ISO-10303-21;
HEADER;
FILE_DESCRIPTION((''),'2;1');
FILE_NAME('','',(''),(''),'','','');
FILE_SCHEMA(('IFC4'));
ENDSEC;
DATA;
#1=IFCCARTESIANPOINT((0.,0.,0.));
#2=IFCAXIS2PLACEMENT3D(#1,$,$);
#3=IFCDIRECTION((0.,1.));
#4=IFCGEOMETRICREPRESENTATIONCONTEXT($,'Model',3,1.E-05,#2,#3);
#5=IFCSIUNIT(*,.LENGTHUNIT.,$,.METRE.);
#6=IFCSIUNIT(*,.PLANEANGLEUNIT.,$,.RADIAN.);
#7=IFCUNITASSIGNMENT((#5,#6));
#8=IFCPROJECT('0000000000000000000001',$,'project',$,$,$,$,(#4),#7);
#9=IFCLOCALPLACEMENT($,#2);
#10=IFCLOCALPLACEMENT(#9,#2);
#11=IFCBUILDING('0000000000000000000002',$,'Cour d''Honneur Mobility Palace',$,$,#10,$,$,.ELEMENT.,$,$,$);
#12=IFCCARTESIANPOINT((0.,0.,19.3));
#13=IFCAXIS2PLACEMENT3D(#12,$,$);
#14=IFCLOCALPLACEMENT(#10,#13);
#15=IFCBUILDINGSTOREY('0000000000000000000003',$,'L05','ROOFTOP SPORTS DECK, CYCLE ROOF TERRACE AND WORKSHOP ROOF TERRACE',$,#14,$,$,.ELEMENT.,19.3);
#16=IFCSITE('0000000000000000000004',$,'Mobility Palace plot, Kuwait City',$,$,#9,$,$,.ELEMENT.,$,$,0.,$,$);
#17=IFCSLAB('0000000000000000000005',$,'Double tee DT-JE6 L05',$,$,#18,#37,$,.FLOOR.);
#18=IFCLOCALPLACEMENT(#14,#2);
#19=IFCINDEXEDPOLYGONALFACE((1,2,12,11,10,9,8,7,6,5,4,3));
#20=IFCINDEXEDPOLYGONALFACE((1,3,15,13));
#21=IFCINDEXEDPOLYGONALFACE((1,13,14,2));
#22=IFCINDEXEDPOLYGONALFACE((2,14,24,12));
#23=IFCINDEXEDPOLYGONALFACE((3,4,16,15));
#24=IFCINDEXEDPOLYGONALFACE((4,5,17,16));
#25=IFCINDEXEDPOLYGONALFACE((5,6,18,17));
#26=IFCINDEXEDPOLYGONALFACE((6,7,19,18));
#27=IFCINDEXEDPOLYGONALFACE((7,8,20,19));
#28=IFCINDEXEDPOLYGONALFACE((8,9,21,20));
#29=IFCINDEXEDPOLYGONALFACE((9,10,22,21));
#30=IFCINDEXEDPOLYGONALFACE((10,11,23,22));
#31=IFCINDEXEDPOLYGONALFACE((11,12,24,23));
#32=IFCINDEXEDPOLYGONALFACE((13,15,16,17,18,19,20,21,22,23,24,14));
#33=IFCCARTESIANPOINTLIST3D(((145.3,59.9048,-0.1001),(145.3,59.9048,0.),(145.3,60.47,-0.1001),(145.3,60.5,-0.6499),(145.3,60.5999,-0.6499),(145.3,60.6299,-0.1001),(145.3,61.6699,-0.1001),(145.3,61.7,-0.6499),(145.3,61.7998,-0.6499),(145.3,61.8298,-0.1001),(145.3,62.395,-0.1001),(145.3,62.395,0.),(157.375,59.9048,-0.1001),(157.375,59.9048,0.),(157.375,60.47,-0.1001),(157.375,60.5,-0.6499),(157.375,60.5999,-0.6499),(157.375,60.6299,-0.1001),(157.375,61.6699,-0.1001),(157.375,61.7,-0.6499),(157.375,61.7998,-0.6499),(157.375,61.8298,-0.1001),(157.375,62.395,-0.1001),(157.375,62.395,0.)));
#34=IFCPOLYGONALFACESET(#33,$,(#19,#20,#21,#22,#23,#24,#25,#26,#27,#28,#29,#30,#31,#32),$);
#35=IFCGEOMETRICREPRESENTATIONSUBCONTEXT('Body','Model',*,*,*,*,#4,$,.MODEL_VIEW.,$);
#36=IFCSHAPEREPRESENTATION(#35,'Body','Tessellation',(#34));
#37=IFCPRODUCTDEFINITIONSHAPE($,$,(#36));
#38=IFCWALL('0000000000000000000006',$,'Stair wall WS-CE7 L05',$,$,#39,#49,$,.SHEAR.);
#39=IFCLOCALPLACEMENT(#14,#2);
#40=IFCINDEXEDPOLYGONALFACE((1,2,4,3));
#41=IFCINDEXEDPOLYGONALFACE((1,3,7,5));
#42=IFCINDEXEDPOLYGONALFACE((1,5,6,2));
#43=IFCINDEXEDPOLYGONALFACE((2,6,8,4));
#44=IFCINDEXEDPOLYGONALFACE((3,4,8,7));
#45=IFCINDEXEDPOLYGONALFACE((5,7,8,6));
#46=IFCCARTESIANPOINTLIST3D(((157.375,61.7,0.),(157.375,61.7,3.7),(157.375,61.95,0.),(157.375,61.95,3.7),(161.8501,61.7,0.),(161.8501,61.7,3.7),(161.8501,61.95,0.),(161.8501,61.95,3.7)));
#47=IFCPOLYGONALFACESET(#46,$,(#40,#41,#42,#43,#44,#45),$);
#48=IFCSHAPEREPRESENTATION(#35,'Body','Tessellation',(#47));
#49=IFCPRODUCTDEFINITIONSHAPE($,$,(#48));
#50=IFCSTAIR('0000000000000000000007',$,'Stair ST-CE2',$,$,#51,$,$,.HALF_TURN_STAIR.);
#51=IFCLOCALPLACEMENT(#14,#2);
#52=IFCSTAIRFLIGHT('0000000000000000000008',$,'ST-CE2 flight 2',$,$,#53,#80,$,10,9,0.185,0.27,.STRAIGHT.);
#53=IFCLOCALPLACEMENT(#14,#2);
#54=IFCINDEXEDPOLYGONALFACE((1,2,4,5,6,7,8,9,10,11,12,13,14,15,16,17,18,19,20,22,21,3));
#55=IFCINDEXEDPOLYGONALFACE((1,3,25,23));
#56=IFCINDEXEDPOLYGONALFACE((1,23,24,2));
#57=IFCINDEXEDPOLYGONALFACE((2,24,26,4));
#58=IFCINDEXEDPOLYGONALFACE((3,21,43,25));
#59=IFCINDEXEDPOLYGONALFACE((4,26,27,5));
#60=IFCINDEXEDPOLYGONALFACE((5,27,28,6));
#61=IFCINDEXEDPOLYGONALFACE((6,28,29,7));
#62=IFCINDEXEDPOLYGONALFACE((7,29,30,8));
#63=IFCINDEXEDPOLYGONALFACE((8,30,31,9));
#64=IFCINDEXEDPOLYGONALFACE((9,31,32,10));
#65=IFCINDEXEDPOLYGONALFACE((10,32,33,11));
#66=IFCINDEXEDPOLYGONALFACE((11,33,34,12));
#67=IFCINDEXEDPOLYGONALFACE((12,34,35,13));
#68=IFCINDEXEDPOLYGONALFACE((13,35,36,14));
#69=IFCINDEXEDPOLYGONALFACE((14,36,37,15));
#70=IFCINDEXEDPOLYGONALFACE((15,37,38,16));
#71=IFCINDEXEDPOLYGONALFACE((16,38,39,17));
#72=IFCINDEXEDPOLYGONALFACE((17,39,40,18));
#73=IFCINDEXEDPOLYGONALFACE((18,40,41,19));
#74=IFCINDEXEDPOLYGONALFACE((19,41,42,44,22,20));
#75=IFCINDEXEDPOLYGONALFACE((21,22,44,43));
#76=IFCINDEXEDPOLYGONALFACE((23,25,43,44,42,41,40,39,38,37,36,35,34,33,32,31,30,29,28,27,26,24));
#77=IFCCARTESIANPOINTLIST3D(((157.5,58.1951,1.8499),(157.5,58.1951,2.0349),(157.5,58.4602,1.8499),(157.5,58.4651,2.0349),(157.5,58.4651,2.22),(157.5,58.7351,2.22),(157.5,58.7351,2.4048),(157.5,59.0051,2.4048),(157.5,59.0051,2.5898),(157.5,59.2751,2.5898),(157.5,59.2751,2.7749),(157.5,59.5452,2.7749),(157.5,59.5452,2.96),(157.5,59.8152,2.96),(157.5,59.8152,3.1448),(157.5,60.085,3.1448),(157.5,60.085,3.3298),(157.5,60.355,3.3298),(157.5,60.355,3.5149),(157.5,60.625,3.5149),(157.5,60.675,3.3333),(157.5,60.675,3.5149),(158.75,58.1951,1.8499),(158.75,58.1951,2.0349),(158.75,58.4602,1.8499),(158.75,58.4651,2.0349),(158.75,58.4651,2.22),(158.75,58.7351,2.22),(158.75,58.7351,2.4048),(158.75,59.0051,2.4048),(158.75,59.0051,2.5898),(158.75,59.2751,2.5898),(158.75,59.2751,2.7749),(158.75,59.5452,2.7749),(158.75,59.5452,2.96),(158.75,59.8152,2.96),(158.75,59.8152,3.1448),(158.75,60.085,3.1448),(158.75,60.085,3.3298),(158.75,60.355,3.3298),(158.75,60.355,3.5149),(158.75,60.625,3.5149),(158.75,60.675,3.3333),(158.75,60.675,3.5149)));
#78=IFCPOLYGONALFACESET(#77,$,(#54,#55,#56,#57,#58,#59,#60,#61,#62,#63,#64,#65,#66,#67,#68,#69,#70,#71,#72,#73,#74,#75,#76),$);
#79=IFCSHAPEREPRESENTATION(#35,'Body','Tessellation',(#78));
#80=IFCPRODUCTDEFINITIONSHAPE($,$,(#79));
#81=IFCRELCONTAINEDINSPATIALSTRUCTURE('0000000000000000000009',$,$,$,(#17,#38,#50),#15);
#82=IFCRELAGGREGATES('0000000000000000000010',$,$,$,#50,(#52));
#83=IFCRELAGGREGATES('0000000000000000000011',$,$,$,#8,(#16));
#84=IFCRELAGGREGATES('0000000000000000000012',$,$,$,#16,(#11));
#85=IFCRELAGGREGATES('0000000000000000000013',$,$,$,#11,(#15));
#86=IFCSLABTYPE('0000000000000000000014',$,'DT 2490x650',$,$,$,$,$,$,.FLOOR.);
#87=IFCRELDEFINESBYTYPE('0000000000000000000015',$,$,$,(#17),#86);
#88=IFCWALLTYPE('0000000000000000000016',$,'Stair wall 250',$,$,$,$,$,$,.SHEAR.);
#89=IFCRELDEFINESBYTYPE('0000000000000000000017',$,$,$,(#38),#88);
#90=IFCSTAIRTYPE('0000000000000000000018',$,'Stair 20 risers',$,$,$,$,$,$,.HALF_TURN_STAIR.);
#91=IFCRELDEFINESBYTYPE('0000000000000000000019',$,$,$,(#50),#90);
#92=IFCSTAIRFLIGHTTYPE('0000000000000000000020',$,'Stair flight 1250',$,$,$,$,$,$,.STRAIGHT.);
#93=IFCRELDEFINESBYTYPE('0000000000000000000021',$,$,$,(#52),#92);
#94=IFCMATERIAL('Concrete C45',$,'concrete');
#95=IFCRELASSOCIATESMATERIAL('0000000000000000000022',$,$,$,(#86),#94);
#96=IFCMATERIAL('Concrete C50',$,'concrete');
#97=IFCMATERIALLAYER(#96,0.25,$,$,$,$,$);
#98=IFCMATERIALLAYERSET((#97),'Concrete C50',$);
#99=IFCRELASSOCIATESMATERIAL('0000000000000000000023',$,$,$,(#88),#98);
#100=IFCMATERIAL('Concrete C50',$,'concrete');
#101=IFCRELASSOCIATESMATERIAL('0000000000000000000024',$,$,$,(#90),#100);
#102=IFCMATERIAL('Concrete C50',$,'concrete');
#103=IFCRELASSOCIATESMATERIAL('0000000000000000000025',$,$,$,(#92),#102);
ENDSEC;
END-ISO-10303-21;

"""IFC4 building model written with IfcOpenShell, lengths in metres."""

from ifc_helpers import new_model, si_unit, direction, frame, frame_2d, origin, place, context, subcontext, project, spatial, polyline, rectangle, outline, extrude, material, layer, layer_set, material_profile, profile_set, type_object, element, aggregate, save


model = new_model("IFC4")

# Units and contexts
model_context = context("Model", 3, precision=1e-05, world=origin(), true_north=direction((0.0, 1.0)))
body_context = subcontext(model_context, "Body", "Model", "MODEL_VIEW")
ifc_project = project(units=[si_unit("LENGTHUNIT", "METRE"), si_unit("PLANEANGLEUNIT", "RADIAN")], contexts=[model_context])

# Site, building, storey
site_placement = place(None, origin())
site = spatial("IfcSite", under=ifc_project, at=site_placement, Name="Mobility Palace plot, Kuwait City", CompositionType="ELEMENT", RefElevation=0.0)
building_placement = place(site_placement, origin())
building = spatial("IfcBuilding", under=site, at=building_placement, Name="Cour d'Honneur Mobility Palace", CompositionType="ELEMENT")
storey_placement = place(building_placement, frame((0.0, 0.0, 19.3)))
storey = spatial("IfcBuildingStorey", under=building, at=storey_placement, Name="L05", Description="ROOFTOP SPORTS DECK, CYCLE ROOF TERRACE AND WORKSHOP ROOF TERRACE", CompositionType="ELEMENT", Elevation=19.3)

# Slab
ifc_material_1 = material(Name="Concrete C45", Category="concrete")
ifc_material_profile_1 = material_profile(ifc_material_1, outline(polyline([(-1.2451, 0.0), (1.2451, 0.0), (1.2451, -0.1001), (0.6799, -0.1001), (0.6499, -0.6499), (0.55, -0.6499), (0.52, -0.1001), (-0.52, -0.1001), (-0.55, -0.6499), (-0.6499, -0.6499), (-0.6799, -0.1001), (-1.2451, -0.1001), (-1.2451, 0.0)])), Name="DT 2490x650")
ifc_profile_set_1 = profile_set([ifc_material_profile_1], Name="Concrete C45")
slab_type = type_object("IfcSlabType", Name="DT 2490x650", PredefinedType="FLOOR", material=ifc_profile_set_1)
slab_placement = place(storey_placement, frame((145.3, 61.1499, 0.0), z_axis=(1.0, 0.0, 0.0), x_axis=(0.0, 1.0, 0.0)))
element("IfcSlab", 1, at=slab_placement, inside=storey, type_object=slab_type, Name="Double tee DT-JE6 L05", PredefinedType="FLOOR", context=body_context, shape_type="SweptSolid", body=[
    extrude(outline(polyline([(-1.2451, 0.0), (1.2451, 0.0), (1.2451, -0.1001), (0.6799, -0.1001), (0.6499, -0.6499), (0.55, -0.6499), (0.52, -0.1001), (-0.52, -0.1001), (-0.55, -0.6499), (-0.6499, -0.6499), (-0.6799, -0.1001), (-1.2451, -0.1001), (-1.2451, 0.0)])), origin(), (0.0, 0.0, 1.0), 12.075),
])

# Wall
ifc_material_2 = material(Name="Concrete C50", Category="concrete")
ifc_layer_1 = layer(ifc_material_2, 0.25)
ifc_layer_set_1 = layer_set([ifc_layer_1], Name="Concrete C50")
wall_type = type_object("IfcWallType", Name="Stair wall 250", PredefinedType="SHEAR", material=ifc_layer_set_1)
wall_placement = place(storey_placement, frame((157.375, 61.825, 0.0), z_axis=(0.0, 0.0, 1.0), x_axis=(1.0, 0.0, 0.0)))
element("IfcWall", 2, at=wall_placement, inside=storey, type_object=wall_type, Name="Stair wall WS-CE7 L05", PredefinedType="SHEAR", context=body_context, shape_type="SweptSolid", body=[
    extrude(rectangle(XDim=4.4751, YDim=0.25, at=frame_2d((2.2375, 0.0))), origin(), (0.0, 0.0, 1.0), 3.7),
])

# Stair, stair flight
ifc_material_3 = material(Name="Concrete C50", Category="concrete")
stair_type = type_object("IfcStairType", Name="Stair 20 risers", PredefinedType="HALF_TURN_STAIR", material=ifc_material_3)
stair_placement = place(storey_placement, origin())
stair = element("IfcStair", 3, at=stair_placement, inside=storey, type_object=stair_type, Name="Stair ST-CE2", PredefinedType="HALF_TURN_STAIR")
ifc_material_4 = material(Name="Concrete C50", Category="concrete")
stair_flight_type = type_object("IfcStairFlightType", Name="Stair flight 1250", PredefinedType="STRAIGHT", material=ifc_material_4)
stair_flight_placement = place(storey_placement, frame((158.125, 58.1951, 1.8499), z_axis=(0.0, 0.0, 1.0), x_axis=(0.0, 1.0, 0.0)))
stair_flight = element("IfcStairFlight", 4, at=stair_flight_placement, type_object=stair_flight_type, Name="ST-CE2 flight 2", NumberOfRisers=10, NumberOfTreads=9, PredefinedType="STRAIGHT", RiserHeight=0.185, TreadLength=0.27, context=body_context, shape_type="SweptSolid", body=[
    extrude(outline(polyline([(0.0, 0.0), (0.0, 0.1851), (0.27, 0.1851), (0.27, 0.3701), (0.54, 0.3701), (0.54, 0.5549), (0.8101, 0.5549), (0.8101, 0.74), (1.0801, 0.74), (1.0801, 0.925), (1.3501, 0.925), (1.3501, 1.1101), (1.6201, 1.1101), (1.6201, 1.2949), (1.8899, 1.2949), (1.8899, 1.48), (2.1599, 1.48), (2.1599, 1.665), (2.4299, 1.665), (2.48, 1.665), (2.48, 1.4834), (0.2651, 0.0), (0.0, 0.0)])), frame((0.0, 0.625, 0.0), z_axis=(0.0, -1.0, 0.0), x_axis=(1.0, 0.0, 0.0)), (0.0, 0.0, 1.0), 1.25),
])
aggregate(stair, [stair_flight])

save(model, "model.ifc")
